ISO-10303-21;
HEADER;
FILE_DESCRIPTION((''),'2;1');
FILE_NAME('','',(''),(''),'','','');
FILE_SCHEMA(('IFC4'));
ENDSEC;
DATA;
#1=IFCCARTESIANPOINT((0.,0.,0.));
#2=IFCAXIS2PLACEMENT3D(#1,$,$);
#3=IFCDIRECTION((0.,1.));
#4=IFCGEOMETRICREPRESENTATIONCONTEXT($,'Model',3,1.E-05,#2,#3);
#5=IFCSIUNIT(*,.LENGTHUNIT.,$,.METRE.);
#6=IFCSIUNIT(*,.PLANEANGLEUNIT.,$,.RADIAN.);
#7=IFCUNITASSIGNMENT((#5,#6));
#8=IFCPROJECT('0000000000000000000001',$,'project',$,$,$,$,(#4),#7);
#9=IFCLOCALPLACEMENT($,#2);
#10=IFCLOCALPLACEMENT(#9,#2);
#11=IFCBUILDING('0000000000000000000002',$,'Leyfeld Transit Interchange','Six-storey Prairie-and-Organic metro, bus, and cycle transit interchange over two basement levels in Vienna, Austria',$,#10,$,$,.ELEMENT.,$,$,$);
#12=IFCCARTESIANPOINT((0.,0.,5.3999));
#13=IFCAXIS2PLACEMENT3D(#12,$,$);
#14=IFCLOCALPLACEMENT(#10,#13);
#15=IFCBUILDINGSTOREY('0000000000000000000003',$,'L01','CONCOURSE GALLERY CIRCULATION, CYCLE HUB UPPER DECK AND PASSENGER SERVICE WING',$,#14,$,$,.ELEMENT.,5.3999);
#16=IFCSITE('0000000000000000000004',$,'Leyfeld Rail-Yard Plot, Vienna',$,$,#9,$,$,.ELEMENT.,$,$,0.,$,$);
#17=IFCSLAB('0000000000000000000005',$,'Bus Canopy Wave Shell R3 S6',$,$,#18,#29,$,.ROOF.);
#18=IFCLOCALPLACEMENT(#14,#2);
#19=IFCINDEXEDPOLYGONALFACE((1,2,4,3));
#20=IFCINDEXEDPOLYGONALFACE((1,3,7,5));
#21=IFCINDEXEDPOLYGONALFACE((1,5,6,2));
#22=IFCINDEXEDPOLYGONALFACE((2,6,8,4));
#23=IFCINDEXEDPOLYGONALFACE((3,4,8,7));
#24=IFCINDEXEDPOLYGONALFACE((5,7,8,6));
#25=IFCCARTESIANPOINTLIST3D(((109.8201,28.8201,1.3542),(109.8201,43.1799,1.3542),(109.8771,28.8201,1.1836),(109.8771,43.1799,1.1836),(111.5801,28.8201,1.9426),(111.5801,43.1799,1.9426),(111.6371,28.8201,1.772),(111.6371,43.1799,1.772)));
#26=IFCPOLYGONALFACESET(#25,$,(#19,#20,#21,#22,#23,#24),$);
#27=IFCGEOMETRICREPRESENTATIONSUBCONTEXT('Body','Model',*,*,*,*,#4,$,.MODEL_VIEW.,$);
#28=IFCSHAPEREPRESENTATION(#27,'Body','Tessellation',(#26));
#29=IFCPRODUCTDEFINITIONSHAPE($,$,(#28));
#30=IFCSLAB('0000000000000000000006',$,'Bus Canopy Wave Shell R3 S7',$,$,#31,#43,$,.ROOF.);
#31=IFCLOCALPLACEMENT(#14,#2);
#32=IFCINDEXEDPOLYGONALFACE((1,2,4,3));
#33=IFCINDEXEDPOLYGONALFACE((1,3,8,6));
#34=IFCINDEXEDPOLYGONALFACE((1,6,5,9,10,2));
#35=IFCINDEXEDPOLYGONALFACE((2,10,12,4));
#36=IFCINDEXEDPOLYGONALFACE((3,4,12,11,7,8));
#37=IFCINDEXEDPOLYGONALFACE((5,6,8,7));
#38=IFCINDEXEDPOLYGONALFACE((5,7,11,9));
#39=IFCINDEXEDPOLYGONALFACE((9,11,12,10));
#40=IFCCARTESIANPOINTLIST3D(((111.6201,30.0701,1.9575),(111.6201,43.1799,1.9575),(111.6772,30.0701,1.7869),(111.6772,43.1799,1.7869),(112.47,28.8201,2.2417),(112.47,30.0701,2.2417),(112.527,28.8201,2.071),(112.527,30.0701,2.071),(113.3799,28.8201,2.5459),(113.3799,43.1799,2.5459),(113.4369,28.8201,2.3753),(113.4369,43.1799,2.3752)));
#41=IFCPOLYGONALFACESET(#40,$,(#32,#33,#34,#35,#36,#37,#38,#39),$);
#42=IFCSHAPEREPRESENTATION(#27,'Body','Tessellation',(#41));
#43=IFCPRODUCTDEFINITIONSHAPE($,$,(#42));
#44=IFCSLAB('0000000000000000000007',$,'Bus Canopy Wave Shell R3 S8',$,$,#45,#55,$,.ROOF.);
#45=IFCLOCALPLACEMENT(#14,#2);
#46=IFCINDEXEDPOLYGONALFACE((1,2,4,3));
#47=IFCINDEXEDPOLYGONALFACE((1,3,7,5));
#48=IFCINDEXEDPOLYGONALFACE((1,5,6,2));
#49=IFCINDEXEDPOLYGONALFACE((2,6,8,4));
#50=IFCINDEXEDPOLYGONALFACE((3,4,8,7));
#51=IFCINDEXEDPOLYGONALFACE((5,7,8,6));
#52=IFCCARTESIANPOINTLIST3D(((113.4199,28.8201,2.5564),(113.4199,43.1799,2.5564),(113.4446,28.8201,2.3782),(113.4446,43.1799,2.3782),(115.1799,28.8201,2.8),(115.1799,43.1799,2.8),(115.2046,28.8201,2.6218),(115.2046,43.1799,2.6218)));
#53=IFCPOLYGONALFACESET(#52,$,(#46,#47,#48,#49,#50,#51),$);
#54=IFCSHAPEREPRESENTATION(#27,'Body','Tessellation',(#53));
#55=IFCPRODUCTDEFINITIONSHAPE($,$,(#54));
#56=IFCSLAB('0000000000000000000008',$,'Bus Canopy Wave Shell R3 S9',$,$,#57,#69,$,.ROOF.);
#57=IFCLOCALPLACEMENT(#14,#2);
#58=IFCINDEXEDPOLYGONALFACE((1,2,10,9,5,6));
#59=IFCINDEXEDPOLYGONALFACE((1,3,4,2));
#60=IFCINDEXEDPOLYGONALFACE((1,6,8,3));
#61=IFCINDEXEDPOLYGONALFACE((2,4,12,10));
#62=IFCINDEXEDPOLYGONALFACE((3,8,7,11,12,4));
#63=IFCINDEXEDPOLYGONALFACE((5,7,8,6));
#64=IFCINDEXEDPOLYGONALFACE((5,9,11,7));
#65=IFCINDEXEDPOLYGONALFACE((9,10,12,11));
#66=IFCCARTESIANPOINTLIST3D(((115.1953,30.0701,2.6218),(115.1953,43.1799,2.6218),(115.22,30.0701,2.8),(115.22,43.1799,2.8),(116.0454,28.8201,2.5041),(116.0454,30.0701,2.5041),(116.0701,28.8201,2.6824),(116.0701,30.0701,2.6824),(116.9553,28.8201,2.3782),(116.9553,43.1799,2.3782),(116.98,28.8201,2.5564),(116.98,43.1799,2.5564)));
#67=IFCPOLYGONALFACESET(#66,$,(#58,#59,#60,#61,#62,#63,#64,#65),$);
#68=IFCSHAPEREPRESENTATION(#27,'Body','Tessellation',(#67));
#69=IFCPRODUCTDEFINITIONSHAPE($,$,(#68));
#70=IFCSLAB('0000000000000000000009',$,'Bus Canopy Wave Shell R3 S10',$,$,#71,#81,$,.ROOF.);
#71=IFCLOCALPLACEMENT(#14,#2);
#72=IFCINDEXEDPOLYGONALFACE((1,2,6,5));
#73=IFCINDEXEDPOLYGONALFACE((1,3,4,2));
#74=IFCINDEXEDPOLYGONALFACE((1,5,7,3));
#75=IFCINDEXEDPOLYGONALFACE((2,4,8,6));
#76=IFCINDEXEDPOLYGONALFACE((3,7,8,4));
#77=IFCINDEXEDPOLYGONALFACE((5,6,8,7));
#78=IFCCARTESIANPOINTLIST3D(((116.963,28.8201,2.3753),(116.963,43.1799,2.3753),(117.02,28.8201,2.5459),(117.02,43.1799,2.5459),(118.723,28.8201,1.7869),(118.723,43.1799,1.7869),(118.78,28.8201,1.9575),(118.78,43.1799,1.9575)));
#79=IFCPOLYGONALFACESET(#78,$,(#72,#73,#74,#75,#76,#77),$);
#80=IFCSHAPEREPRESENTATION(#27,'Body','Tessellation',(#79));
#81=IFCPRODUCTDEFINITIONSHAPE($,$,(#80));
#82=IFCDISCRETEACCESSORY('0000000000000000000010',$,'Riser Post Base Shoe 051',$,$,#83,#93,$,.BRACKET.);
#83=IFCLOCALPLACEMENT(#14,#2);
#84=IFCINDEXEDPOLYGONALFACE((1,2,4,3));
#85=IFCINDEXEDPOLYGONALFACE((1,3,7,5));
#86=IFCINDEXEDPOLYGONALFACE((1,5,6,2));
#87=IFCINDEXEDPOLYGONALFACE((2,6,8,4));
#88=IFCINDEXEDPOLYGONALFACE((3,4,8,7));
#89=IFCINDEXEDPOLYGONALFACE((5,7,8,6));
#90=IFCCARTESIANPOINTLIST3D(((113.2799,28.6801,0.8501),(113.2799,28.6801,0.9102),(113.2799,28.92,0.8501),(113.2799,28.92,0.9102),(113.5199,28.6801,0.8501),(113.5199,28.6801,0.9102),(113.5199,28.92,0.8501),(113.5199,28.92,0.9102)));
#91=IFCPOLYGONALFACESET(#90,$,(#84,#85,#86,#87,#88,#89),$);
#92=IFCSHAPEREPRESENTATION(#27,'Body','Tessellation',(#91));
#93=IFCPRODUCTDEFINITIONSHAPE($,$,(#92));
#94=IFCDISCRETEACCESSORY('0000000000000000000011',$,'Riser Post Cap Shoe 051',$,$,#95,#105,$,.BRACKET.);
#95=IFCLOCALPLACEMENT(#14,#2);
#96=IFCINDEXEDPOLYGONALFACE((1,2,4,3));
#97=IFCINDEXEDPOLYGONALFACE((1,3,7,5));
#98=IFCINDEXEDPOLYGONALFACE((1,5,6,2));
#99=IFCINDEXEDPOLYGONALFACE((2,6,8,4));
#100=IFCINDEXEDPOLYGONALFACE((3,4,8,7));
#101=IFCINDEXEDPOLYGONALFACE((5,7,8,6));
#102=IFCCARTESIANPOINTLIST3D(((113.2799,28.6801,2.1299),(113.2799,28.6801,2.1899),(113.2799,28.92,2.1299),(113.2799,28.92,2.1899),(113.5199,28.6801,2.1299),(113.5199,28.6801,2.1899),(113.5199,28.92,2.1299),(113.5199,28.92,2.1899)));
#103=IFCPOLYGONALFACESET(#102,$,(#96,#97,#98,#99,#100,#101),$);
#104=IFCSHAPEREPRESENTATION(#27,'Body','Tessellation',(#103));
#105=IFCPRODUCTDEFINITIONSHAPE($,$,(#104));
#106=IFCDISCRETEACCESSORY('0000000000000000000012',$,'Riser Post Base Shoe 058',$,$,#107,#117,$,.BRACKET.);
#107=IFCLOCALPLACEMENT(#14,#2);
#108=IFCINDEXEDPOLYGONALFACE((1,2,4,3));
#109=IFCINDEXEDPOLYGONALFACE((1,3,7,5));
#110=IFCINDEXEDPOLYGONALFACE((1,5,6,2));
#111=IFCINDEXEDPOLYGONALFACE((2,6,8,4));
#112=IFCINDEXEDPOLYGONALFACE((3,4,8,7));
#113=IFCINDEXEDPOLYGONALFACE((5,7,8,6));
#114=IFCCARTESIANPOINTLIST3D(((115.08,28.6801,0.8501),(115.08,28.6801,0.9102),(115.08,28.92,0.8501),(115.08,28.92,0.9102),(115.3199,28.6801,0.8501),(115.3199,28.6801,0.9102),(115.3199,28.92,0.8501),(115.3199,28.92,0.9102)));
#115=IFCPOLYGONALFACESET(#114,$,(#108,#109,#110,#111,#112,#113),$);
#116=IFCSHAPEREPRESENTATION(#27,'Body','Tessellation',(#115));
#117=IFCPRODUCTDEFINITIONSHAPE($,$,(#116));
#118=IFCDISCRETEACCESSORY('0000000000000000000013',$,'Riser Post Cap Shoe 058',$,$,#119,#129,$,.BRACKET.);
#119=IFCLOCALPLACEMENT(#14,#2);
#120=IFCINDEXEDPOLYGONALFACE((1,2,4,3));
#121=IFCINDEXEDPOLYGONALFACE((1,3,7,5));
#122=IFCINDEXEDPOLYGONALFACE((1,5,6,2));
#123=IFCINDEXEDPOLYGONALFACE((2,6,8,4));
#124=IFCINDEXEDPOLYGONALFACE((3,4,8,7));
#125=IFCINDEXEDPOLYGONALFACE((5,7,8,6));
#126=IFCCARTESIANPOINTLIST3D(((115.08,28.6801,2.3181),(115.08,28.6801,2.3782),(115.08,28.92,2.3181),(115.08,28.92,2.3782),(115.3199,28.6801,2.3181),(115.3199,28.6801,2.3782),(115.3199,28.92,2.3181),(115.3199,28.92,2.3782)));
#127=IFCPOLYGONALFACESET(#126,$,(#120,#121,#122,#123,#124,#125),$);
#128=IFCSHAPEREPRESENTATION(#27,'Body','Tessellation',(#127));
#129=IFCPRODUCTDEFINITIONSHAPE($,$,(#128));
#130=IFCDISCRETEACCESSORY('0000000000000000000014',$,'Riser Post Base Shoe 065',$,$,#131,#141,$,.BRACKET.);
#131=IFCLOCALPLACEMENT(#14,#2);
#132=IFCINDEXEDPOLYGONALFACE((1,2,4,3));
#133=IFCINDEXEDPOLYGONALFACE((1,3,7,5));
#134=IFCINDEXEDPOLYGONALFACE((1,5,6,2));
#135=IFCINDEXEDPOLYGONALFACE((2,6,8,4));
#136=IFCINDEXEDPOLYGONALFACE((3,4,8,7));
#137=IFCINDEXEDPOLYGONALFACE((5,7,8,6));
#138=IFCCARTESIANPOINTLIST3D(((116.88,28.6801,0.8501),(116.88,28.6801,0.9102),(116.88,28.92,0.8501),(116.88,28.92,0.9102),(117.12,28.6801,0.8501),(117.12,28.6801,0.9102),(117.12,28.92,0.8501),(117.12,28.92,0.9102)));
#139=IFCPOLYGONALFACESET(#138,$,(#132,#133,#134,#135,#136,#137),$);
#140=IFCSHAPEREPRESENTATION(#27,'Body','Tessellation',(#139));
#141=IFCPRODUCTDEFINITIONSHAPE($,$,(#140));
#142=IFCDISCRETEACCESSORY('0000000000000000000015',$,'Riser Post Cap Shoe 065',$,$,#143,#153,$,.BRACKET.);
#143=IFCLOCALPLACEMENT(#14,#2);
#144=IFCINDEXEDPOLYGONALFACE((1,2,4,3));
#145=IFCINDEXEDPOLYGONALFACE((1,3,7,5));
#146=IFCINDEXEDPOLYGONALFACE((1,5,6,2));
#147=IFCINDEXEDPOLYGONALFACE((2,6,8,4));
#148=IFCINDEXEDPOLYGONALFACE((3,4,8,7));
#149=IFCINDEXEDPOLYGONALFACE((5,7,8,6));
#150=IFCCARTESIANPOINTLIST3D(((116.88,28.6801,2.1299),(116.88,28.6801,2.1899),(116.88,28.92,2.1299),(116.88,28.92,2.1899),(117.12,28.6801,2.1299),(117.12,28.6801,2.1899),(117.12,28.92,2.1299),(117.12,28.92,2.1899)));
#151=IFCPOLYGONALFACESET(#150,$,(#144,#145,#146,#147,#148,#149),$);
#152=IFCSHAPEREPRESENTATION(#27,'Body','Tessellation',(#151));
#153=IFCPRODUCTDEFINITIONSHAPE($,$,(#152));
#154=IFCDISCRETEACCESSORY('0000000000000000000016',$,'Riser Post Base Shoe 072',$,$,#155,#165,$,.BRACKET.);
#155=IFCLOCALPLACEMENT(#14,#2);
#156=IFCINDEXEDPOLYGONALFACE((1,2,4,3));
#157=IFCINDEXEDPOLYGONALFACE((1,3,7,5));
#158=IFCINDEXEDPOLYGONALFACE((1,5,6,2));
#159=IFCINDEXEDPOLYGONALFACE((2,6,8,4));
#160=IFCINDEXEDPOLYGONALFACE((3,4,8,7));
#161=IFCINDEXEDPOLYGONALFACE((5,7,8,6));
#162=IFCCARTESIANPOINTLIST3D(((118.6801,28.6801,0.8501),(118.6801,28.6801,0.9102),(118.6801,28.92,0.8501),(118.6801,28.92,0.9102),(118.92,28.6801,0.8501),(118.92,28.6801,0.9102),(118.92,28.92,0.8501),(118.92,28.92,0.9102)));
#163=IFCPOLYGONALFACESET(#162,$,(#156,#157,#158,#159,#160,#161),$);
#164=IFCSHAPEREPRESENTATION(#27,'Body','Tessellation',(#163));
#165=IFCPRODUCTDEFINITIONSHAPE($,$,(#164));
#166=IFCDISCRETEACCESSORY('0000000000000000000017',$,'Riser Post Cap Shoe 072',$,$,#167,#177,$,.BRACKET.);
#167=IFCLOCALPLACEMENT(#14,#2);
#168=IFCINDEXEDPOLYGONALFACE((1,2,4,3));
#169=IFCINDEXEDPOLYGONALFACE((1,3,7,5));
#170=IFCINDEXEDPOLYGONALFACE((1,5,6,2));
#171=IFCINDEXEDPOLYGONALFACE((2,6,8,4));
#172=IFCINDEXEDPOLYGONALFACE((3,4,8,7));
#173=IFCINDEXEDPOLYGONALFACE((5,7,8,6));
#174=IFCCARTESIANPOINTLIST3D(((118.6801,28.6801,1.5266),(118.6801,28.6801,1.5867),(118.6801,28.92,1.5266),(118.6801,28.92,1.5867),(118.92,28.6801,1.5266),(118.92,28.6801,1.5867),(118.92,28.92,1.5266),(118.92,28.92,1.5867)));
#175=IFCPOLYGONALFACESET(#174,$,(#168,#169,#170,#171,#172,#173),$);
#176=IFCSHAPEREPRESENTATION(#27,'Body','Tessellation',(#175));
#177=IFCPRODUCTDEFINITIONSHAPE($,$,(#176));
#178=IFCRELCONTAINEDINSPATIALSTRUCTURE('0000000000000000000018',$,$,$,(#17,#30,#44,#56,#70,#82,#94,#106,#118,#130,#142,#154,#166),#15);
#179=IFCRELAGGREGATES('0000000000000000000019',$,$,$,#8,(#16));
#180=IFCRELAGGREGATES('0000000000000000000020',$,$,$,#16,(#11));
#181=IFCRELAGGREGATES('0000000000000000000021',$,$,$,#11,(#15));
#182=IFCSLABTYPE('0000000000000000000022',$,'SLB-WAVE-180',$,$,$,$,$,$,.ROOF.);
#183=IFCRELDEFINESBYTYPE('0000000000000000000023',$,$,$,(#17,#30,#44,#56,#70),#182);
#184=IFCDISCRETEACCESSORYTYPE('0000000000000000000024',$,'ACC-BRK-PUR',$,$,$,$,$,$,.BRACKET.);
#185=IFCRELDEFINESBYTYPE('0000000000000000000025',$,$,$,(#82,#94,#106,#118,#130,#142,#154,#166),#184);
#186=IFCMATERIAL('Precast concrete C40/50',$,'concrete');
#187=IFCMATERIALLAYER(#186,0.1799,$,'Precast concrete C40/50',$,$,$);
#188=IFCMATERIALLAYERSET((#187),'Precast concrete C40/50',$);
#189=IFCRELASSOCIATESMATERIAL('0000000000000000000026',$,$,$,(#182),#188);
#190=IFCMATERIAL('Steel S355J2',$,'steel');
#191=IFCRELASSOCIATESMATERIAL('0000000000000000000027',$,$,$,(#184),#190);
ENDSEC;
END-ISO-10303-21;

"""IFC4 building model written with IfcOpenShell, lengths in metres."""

from ifc_helpers import new_model, si_unit, direction, frame, origin, origin_2d, place, context, subcontext, project, spatial, polyline, rectangle, outline, extrude, material, layer, layer_set, type_object, element, save


model = new_model("IFC4")

# Units and contexts
model_context = context("Model", 3, precision=1e-05, world=origin(), true_north=direction((0.0, 1.0)))
body_context = subcontext(model_context, "Body", "Model", "MODEL_VIEW")
ifc_project = project(units=[si_unit("LENGTHUNIT", "METRE"), si_unit("PLANEANGLEUNIT", "RADIAN")], contexts=[model_context])

# Site, building, storey
site_placement = place(None, origin())
site = spatial("IfcSite", under=ifc_project, at=site_placement, Name="Leyfeld Rail-Yard Plot, Vienna", CompositionType="ELEMENT", RefElevation=0.0)
building_placement = place(site_placement, origin())
building = spatial("IfcBuilding", under=site, at=building_placement, Name="Leyfeld Transit Interchange", Description="Six-storey Prairie-and-Organic metro, bus, and cycle transit interchange over two basement levels in Vienna, Austria", CompositionType="ELEMENT")
storey_placement = place(building_placement, frame((0.0, 0.0, 5.3999)))
storey = spatial("IfcBuildingStorey", under=building, at=storey_placement, Name="L01", Description="CONCOURSE GALLERY CIRCULATION, CYCLE HUB UPPER DECK AND PASSENGER SERVICE WING", CompositionType="ELEMENT", Elevation=5.3999)

# Shared definitions
ifc_material_1 = material(Name="Steel S355J2", Category="steel")

# Slabs
ifc_material_2 = material(Name="Precast concrete C40/50", Category="concrete")
ifc_layer = layer(ifc_material_2, 0.1799, Name="Precast concrete C40/50")
ifc_layer_set = layer_set([ifc_layer], Name="Precast concrete C40/50")
slab_type = type_object("IfcSlabType", Name="SLB-WAVE-180", PredefinedType="ROOF", material=ifc_layer_set)
slab_1_placement = place(storey_placement, frame((109.8201, 28.8201, 1.3542), z_axis=(-0.317056, 0.0, 0.948407), x_axis=(0.948407, 0.0, 0.317056)))
element("IfcSlab", 1, at=slab_1_placement, inside=storey, type_object=slab_type, Name="Bus Canopy Wave Shell R3 S6", PredefinedType="ROOF", context=body_context, shape_type="SweptSolid", body=[
    extrude(outline(polyline([(0.0, 0.0), (1.8558, 0.0), (1.8558, 14.3599), (0.0, 14.3599), (0.0, 0.0)])), origin(), (0.0, 0.0, -1.0), 0.1799),
])
slab_2_placement = place(storey_placement, frame((111.6201, 30.0701, 1.9575), z_axis=(-0.317095, 0.000001, 0.948394), x_axis=(0.948394, 0.0, 0.317095)))
element("IfcSlab", 2, at=slab_2_placement, inside=storey, type_object=slab_type, Name="Bus Canopy Wave Shell R3 S7", PredefinedType="ROOF", context=body_context, shape_type="SweptSolid", body=[
    extrude(outline(polyline([(0.0, 0.0), (0.8961, 0.0), (0.8961, -1.25), (1.8555, -1.25), (1.8555, 13.1099), (0.0, 13.1099), (0.0, 0.0)])), origin(), (0.0, 0.0, -1.0), 0.1799),
])
slab_3_placement = place(storey_placement, frame((113.4199, 28.8201, 2.5564), z_axis=(-0.13713, 0.0, 0.990553), x_axis=(0.990553, 0.0, 0.13713)))
element("IfcSlab", 3, at=slab_3_placement, inside=storey, type_object=slab_type, Name="Bus Canopy Wave Shell R3 S8", PredefinedType="ROOF", context=body_context, shape_type="SweptSolid", body=[
    extrude(outline(polyline([(0.0, 0.0), (1.7768, 0.0), (1.7768, 14.3599), (0.0, 14.3599), (0.0, 0.0)])), origin(), (0.0, 0.0, -1.0), 0.1799),
])
slab_4_placement = place(storey_placement, frame((115.22, 30.0701, 2.8), z_axis=(0.137131, 0.0, 0.990553), x_axis=(0.990553, 0.0, -0.137131)))
element("IfcSlab", 4, at=slab_4_placement, inside=storey, type_object=slab_type, Name="Bus Canopy Wave Shell R3 S9", PredefinedType="ROOF", context=body_context, shape_type="SweptSolid", body=[
    extrude(outline(polyline([(0.0, 0.0), (0.8582, 0.0), (0.8582, -1.25), (1.7768, -1.25), (1.7768, 13.1099), (0.0, 13.1099), (0.0, 0.0)])), origin(), (0.0, 0.0, -1.0), 0.1799),
])
slab_5_placement = place(storey_placement, frame((117.02, 28.8201, 2.5459), z_axis=(0.317056, 0.0, 0.948407), x_axis=(0.948407, 0.0, -0.317056)))
element("IfcSlab", 5, at=slab_5_placement, inside=storey, type_object=slab_type, Name="Bus Canopy Wave Shell R3 S10", PredefinedType="ROOF", context=body_context, shape_type="SweptSolid", body=[
    extrude(outline(polyline([(0.0, 0.0), (1.8558, 0.0), (1.8558, 14.3599), (0.0, 14.3599), (0.0, 0.0)])), origin(), (0.0, 0.0, -1.0), 0.1799),
])

# Discrete accessories
discrete_accessory_type = type_object("IfcDiscreteAccessoryType", Name="ACC-BRK-PUR", PredefinedType="BRACKET", material=ifc_material_1)
for number, where, z_axis, x_axis, name in (
    (6, (113.3999, 28.8, 0.8501), (0.0, 0.0, 1.0), (1.0, 0.0, 0.0), "Riser Post Base Shoe 051"),
    (7, (113.3999, 28.8, 2.1299), (0.0, 0.0, 1.0), (1.0, 0.0, 0.0), "Riser Post Cap Shoe 051"),
    (8, (115.2, 28.8, 0.8501), (0.0, 0.0, 1.0), (1.0, 0.0, 0.0), "Riser Post Base Shoe 058"),
    (9, (115.2, 28.8, 2.3181), (0.0, 0.0, 1.0), (1.0, 0.0, 0.0), "Riser Post Cap Shoe 058"),
    (10, (117.0, 28.8, 0.8501), (0.0, 0.0, 1.0), (1.0, 0.0, 0.0), "Riser Post Base Shoe 065"),
    (11, (117.0, 28.8, 2.1299), (0.0, 0.0, 1.0), (1.0, 0.0, 0.0), "Riser Post Cap Shoe 065"),
    (12, (118.8, 28.8, 0.8501), (0.0, 0.0, 1.0), (1.0, 0.0, 0.0), "Riser Post Base Shoe 072"),
    (13, (118.8, 28.8, 1.5266), (0.0, 0.0, 1.0), (1.0, 0.0, 0.0), "Riser Post Cap Shoe 072"),
):
    element("IfcDiscreteAccessory", number, at=place(storey_placement, frame(where, z_axis=z_axis, x_axis=x_axis)), inside=storey, type_object=discrete_accessory_type, Name=name, PredefinedType="BRACKET", context=body_context, shape_type="SweptSolid", body=[
        extrude(rectangle(XDim=0.24, YDim=0.24, at=origin_2d()), origin(), (0.0, 0.0, 1.0), 0.0601),
    ])

save(model, "model.ifc")
